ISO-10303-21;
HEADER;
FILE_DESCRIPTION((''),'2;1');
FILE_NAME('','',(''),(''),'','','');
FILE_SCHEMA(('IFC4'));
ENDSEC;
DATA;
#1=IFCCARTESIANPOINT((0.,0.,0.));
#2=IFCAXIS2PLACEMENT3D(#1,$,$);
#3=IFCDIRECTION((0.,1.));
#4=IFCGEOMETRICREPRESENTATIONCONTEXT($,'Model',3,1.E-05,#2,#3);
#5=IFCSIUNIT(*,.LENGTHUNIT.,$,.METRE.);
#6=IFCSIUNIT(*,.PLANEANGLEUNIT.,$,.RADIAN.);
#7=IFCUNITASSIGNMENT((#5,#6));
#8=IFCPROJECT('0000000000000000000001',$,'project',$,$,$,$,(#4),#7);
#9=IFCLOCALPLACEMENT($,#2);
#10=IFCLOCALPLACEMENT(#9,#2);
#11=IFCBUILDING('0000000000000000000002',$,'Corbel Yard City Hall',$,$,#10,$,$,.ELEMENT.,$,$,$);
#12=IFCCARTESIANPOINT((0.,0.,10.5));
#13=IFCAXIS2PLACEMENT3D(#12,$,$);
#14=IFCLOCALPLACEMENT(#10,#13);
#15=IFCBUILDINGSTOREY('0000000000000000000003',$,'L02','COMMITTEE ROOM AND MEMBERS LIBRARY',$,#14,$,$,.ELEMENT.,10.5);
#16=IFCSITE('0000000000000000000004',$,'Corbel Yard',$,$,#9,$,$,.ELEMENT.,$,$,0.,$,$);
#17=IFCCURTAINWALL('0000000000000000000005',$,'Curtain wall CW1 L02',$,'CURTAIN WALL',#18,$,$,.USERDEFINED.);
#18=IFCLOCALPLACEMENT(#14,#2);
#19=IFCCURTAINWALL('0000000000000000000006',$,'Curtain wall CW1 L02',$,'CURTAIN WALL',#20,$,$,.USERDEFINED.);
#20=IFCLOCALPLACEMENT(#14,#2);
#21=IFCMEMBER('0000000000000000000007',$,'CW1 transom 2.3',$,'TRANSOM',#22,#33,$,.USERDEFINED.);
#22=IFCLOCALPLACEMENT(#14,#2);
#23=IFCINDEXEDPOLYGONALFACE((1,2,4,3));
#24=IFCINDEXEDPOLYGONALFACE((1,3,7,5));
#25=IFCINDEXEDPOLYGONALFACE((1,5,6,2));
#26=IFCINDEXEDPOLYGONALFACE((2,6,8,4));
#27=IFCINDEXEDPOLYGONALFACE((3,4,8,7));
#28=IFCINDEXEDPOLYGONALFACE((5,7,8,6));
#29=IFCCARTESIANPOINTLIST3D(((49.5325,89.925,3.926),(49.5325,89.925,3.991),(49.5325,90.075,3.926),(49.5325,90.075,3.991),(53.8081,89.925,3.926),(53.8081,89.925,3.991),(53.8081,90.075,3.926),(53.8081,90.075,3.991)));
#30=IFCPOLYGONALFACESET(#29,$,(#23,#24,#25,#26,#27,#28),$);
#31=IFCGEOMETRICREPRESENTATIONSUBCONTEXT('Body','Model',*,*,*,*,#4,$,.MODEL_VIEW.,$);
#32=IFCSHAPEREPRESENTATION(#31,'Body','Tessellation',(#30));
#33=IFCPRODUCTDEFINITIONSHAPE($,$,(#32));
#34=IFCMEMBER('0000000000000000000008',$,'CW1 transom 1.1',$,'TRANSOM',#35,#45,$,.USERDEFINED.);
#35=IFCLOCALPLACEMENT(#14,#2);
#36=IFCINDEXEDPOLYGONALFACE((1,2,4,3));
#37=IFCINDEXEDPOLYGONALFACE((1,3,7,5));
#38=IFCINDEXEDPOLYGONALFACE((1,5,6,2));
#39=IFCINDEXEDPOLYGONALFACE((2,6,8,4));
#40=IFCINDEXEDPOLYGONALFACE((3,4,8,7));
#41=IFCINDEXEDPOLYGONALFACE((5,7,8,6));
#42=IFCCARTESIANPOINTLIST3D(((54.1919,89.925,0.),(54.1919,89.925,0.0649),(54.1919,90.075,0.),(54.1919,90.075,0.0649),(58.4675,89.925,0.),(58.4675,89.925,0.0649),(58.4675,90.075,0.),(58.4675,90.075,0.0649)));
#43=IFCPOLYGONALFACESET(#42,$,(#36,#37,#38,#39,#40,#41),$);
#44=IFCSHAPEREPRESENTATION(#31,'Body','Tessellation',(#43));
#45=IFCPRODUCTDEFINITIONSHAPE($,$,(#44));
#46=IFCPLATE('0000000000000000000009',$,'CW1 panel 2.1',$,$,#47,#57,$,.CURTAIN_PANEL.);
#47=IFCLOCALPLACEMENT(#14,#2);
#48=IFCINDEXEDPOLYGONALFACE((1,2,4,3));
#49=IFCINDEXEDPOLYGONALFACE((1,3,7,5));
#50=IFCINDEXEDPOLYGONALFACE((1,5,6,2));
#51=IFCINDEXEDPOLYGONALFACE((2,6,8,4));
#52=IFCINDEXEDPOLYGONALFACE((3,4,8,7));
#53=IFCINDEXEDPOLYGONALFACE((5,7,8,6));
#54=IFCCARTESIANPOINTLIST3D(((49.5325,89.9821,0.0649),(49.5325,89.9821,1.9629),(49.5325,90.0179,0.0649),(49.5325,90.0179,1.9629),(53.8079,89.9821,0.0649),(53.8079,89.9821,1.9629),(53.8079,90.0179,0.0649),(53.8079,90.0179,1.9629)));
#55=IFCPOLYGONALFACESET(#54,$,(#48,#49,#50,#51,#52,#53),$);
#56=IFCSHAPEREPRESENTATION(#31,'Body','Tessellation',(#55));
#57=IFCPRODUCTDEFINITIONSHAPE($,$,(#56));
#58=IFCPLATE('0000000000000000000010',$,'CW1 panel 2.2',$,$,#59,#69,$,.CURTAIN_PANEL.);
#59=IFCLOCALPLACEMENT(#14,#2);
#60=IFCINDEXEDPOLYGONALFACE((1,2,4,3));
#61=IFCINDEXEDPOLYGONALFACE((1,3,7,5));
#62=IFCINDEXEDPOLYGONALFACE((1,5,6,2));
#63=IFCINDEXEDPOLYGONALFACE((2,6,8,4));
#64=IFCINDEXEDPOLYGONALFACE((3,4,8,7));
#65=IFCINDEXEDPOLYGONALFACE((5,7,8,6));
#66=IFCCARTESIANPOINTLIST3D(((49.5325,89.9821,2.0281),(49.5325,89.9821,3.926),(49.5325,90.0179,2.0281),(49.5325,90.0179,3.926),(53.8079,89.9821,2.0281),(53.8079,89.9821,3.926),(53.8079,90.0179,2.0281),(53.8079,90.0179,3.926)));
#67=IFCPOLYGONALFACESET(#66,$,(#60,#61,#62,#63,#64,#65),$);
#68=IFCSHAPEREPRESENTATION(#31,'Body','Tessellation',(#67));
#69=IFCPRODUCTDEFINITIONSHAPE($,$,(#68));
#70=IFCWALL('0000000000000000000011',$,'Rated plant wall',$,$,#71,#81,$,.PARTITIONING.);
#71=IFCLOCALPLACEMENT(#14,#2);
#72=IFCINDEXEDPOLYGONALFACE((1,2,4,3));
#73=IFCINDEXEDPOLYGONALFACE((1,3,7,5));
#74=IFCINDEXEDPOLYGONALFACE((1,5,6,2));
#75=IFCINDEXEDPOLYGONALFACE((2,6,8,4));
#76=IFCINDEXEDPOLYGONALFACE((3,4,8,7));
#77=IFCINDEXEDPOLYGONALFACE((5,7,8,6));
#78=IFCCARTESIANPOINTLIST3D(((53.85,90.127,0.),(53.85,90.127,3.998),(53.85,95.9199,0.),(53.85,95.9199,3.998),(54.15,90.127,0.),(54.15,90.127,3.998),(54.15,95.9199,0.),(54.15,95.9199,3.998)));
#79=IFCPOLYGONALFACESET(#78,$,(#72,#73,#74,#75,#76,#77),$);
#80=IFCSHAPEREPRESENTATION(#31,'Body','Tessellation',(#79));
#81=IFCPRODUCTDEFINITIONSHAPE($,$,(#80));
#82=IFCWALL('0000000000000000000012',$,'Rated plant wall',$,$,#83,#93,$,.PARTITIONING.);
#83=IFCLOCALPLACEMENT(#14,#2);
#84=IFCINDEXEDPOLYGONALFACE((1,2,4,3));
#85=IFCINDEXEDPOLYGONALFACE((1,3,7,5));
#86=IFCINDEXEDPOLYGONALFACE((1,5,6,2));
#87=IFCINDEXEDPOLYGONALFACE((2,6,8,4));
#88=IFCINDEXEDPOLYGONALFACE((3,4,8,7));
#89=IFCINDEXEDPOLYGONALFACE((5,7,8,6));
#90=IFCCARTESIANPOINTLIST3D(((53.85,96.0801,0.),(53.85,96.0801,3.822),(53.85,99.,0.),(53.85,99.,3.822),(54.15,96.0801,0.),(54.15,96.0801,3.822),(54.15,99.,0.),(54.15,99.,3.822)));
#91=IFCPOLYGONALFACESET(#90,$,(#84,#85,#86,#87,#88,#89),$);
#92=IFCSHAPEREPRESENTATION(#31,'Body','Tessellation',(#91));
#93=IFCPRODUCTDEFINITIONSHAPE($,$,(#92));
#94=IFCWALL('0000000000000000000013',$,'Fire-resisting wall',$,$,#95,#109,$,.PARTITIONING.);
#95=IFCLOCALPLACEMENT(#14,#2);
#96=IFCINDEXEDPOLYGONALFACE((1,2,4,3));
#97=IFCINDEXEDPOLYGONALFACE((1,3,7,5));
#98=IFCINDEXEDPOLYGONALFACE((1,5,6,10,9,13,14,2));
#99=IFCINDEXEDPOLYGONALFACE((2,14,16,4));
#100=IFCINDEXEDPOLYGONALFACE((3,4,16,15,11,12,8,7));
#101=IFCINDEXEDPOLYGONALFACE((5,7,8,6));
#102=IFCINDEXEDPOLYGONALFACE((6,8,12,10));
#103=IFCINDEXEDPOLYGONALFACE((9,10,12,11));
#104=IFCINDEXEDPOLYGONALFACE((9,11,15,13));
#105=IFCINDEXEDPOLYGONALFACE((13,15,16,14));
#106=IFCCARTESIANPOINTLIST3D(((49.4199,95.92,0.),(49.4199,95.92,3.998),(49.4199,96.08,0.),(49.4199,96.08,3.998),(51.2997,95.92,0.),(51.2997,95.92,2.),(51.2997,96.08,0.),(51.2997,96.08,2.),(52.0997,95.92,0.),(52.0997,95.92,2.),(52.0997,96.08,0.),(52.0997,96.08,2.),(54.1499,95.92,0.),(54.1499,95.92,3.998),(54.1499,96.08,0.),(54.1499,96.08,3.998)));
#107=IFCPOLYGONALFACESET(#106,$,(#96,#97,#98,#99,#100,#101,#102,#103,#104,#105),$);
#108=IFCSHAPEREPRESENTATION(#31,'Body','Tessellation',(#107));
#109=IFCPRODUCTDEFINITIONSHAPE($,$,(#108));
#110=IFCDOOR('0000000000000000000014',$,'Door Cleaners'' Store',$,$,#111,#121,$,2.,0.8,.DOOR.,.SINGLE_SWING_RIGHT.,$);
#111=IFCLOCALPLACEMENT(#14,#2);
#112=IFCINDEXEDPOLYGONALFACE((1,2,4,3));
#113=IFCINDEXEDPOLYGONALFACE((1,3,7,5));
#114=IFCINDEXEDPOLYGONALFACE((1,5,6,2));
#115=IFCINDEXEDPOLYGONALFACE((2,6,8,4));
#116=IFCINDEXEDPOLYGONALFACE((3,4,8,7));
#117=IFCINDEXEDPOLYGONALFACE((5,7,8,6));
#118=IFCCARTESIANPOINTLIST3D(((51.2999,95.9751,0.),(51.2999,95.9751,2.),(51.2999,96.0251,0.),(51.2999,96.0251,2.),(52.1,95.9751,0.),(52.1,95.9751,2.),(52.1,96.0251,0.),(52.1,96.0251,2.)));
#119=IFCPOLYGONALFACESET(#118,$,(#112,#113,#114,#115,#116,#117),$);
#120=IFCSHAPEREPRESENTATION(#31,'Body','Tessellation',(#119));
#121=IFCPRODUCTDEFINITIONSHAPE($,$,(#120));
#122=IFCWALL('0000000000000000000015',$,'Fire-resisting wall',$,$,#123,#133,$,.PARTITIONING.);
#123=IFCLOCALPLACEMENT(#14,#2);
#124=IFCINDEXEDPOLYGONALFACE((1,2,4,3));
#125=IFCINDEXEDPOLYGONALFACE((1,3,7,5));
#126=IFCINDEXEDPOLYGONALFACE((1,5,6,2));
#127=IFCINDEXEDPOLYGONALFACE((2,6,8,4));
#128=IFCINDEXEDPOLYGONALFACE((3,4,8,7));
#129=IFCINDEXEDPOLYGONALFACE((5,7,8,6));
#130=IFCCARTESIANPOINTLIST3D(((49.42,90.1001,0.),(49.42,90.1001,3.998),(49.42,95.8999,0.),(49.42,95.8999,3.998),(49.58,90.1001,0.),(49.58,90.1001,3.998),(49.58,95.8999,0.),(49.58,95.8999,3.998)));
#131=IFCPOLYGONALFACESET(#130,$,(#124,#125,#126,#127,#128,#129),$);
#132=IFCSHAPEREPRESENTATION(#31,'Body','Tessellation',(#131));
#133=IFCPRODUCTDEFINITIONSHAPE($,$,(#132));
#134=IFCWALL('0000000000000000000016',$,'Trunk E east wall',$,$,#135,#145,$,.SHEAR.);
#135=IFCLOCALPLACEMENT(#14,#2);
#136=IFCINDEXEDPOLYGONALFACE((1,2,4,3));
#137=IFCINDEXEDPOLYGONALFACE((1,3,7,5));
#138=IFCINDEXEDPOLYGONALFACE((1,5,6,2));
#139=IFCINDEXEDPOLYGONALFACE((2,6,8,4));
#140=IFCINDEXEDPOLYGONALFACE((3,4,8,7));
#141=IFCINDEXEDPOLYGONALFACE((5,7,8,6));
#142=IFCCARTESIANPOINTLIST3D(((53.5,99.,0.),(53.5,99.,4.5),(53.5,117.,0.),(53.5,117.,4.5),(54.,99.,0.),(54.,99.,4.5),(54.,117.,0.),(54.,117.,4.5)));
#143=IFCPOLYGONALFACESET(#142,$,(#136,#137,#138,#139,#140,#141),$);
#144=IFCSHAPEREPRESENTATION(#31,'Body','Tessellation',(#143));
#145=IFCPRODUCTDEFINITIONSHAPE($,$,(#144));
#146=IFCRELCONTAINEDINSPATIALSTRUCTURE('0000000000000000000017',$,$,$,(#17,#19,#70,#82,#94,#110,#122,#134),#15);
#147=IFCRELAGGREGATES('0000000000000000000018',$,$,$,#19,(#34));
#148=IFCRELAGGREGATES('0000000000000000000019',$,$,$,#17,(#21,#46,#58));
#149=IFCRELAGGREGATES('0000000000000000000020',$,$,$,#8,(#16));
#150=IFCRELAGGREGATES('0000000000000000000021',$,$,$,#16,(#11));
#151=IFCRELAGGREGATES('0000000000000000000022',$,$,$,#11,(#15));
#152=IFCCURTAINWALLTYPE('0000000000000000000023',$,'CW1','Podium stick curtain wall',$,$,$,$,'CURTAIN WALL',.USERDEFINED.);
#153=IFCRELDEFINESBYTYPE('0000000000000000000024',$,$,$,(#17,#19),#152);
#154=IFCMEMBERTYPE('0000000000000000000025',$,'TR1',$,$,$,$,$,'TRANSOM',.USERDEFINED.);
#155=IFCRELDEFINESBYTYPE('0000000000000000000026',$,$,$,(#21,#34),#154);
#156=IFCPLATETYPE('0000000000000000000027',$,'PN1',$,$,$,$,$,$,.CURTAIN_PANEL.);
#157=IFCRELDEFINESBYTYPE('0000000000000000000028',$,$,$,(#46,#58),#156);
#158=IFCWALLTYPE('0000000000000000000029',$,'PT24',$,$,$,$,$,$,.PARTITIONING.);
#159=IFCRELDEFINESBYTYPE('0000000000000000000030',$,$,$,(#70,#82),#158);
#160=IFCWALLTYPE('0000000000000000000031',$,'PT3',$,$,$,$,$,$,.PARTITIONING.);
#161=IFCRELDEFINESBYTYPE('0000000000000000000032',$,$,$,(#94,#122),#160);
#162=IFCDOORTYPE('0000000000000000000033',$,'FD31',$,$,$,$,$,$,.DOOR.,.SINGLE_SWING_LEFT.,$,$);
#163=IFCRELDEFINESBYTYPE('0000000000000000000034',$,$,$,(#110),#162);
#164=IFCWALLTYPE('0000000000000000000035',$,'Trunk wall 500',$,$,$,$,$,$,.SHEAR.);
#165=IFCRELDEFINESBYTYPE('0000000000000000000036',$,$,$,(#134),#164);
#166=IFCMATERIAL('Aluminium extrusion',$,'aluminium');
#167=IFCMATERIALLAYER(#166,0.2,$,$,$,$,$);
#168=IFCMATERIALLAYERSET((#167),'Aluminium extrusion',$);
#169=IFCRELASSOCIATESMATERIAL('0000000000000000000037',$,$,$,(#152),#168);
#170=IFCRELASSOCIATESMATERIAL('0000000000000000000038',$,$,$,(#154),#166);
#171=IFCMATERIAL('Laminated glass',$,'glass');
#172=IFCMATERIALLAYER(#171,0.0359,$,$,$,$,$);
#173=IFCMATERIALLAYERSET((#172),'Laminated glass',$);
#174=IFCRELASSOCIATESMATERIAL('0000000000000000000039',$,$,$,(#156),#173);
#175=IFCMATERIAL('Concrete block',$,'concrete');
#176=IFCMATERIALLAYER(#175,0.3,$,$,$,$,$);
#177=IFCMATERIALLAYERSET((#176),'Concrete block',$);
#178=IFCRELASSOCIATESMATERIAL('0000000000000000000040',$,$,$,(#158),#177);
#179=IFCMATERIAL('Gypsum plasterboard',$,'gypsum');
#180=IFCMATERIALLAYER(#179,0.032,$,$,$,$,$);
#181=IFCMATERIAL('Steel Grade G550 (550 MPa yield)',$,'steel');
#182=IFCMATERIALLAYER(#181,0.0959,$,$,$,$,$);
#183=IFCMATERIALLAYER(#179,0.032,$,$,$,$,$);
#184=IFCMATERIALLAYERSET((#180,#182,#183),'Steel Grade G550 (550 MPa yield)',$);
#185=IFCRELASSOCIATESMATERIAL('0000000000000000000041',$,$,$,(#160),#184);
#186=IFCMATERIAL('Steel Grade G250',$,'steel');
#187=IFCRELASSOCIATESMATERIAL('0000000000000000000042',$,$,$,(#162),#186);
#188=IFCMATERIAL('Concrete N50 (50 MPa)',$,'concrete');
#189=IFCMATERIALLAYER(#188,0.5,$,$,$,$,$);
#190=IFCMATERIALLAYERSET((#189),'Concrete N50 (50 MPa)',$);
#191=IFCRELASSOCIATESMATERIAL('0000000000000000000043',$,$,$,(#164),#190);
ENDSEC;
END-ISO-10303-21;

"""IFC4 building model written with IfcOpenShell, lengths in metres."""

from ifc_helpers import new_model, si_unit, direction, frame, frame_2d, origin, origin_2d, place, context, subcontext, project, spatial, rectangle, extrude, material, layer, layer_set, material_profile, profile_set, type_object, element, fill, aggregate, save


model = new_model("IFC4")

# Units and contexts
model_context = context("Model", 3, precision=1e-05, world=origin(), true_north=direction((0.0, 1.0)))
body_context = subcontext(model_context, "Body", "Model", "MODEL_VIEW")
ifc_project = project(units=[si_unit("LENGTHUNIT", "METRE"), si_unit("PLANEANGLEUNIT", "RADIAN")], contexts=[model_context])

# Site, building, storey
site_placement = place(None, origin())
site = spatial("IfcSite", under=ifc_project, at=site_placement, Name="Corbel Yard", CompositionType="ELEMENT", RefElevation=0.0)
building_placement = place(site_placement, origin())
building = spatial("IfcBuilding", under=site, at=building_placement, Name="Corbel Yard City Hall", CompositionType="ELEMENT")
storey_placement = place(building_placement, frame((0.0, 0.0, 10.5)))
storey = spatial("IfcBuildingStorey", under=building, at=storey_placement, Name="L02", Description="COMMITTEE ROOM AND MEMBERS LIBRARY", CompositionType="ELEMENT", Elevation=10.5)

# Curtain wall
ifc_material_1 = material(Name="Aluminium extrusion", Category="aluminium")
ifc_layer_1 = layer(ifc_material_1, 0.2)
ifc_layer_set_1 = layer_set([ifc_layer_1], Name="Aluminium extrusion")
curtain_wall_type = type_object("IfcCurtainWallType", Name="CW1", Description="Podium stick curtain wall", ElementType="CURTAIN WALL", PredefinedType="USERDEFINED", material=ifc_layer_set_1)
curtain_wall_1_placement = place(storey_placement, origin())
curtain_wall_1 = element("IfcCurtainWall", 1, at=curtain_wall_1_placement, inside=storey, type_object=curtain_wall_type, Name="Curtain wall CW1 L02", ObjectType="CURTAIN WALL", PredefinedType="USERDEFINED")

# Curtain wall
curtain_wall_2_placement = place(storey_placement, origin())
curtain_wall_2 = element("IfcCurtainWall", 2, at=curtain_wall_2_placement, inside=storey, type_object=curtain_wall_type, Name="Curtain wall CW1 L02", ObjectType="CURTAIN WALL", PredefinedType="USERDEFINED")

# Members
ifc_material_profile_1 = material_profile(ifc_material_1, rectangle(XDim=0.1499, YDim=0.0649, at=origin_2d()), Name="150x65")
ifc_profile_set_1 = profile_set([ifc_material_profile_1], Name="Aluminium extrusion")
member_type_1 = type_object("IfcMemberType", Name="TR1", ElementType="TRANSOM", PredefinedType="USERDEFINED", material=ifc_profile_set_1)
member_1_placement = place(storey_placement, frame((49.5325, 90.0, 3.9585), z_axis=(1.0, 0.0, 0.0), x_axis=(0.0, 1.0, 0.0)))
member_1 = element("IfcMember", 3, at=member_1_placement, type_object=member_type_1, Name="CW1 transom 2.3", ObjectType="TRANSOM", PredefinedType="USERDEFINED", context=body_context, shape_type="SweptSolid", body=[
    extrude(rectangle(XDim=0.1499, YDim=0.0649, at=origin_2d()), origin(), (0.0, 0.0, 1.0), 4.2756),
])
member_2_placement = place(storey_placement, frame((54.1919, 90.0, 0.0325), z_axis=(1.0, 0.0, 0.0), x_axis=(0.0, 1.0, 0.0)))
member_2 = element("IfcMember", 4, at=member_2_placement, type_object=member_type_1, Name="CW1 transom 1.1", ObjectType="TRANSOM", PredefinedType="USERDEFINED", context=body_context, shape_type="SweptSolid", body=[
    extrude(rectangle(XDim=0.1499, YDim=0.0649, at=origin_2d()), origin(), (0.0, 0.0, 1.0), 4.2756),
])
aggregate(curtain_wall_2, [member_2])

# Plates
ifc_material_2 = material(Name="Laminated glass", Category="glass")
ifc_layer_2 = layer(ifc_material_2, 0.0359)
ifc_layer_set_2 = layer_set([ifc_layer_2], Name="Laminated glass")
plate_type = type_object("IfcPlateType", Name="PN1", PredefinedType="CURTAIN_PANEL", material=ifc_layer_set_2)
plate_1_placement = place(storey_placement, frame((51.6702, 90.0, 0.0649), z_axis=(0.0, 0.0, 1.0), x_axis=(1.0, 0.0, 0.0)))
plate_1 = element("IfcPlate", 5, at=plate_1_placement, type_object=plate_type, Name="CW1 panel 2.1", PredefinedType="CURTAIN_PANEL", context=body_context, shape_type="SweptSolid", body=[
    extrude(rectangle(XDim=4.2754, YDim=0.0359, at=origin_2d()), origin(), (0.0, 0.0, 1.0), 1.8979),
])
plate_2_placement = place(storey_placement, frame((51.6702, 90.0, 2.0281), z_axis=(0.0, 0.0, 1.0), x_axis=(1.0, 0.0, 0.0)))
plate_2 = element("IfcPlate", 6, at=plate_2_placement, type_object=plate_type, Name="CW1 panel 2.2", PredefinedType="CURTAIN_PANEL", context=body_context, shape_type="SweptSolid", body=[
    extrude(rectangle(XDim=4.2754, YDim=0.0359, at=origin_2d()), origin(), (0.0, 0.0, 1.0), 1.8979),
])
aggregate(curtain_wall_1, [member_1, plate_1, plate_2])

# Shared definitions
ifc_material_3 = material(Name="Concrete block", Category="concrete")
ifc_layer_3 = layer(ifc_material_3, 0.3)
ifc_layer_set_3 = layer_set([ifc_layer_3], Name="Concrete block")
wall_type_1 = type_object("IfcWallType", Name="PT24", PredefinedType="PARTITIONING", material=ifc_layer_set_3)
ifc_material_4 = material(Name="Steel Grade G250", Category="steel")

# Walls
wall_1_placement = place(storey_placement, frame((54.0, 90.127, 0.0), z_axis=(0.0, 0.0, 1.0), x_axis=(0.0, 1.0, 0.0)))
element("IfcWall", 7, at=wall_1_placement, inside=storey, type_object=wall_type_1, Name="Rated plant wall", PredefinedType="PARTITIONING", context=body_context, shape_type="SweptSolid", body=[
    extrude(rectangle(XDim=5.793, YDim=0.3, at=frame_2d((2.8965, 0.0))), origin(), (0.0, 0.0, 1.0), 3.998),
])
wall_2_placement = place(storey_placement, frame((54.0, 96.0801, 0.0), z_axis=(0.0, 0.0, 1.0), x_axis=(0.0, 1.0, 0.0)))
element("IfcWall", 8, at=wall_2_placement, inside=storey, type_object=wall_type_1, Name="Rated plant wall", PredefinedType="PARTITIONING", context=body_context, shape_type="SweptSolid", body=[
    extrude(rectangle(XDim=2.9199, YDim=0.3, at=frame_2d((1.46, 0.0))), origin(), (0.0, 0.0, 1.0), 3.822),
])

# Wall, opening, door
ifc_material_5 = material(Name="Gypsum plasterboard", Category="gypsum")
ifc_layer_4 = layer(ifc_material_5, 0.032)
ifc_material_6 = material(Name="Steel Grade G550 (550 MPa yield)", Category="steel")
ifc_layer_5 = layer(ifc_material_6, 0.0959)
ifc_layer_6 = layer(ifc_material_5, 0.032)
ifc_layer_set_4 = layer_set([ifc_layer_4, ifc_layer_5, ifc_layer_6], Name="Steel Grade G550 (550 MPa yield)")
wall_type_2 = type_object("IfcWallType", Name="PT3", PredefinedType="PARTITIONING", material=ifc_layer_set_4)
wall_3_placement = place(storey_placement, frame((49.4199, 96.0, 0.0), z_axis=(0.0, 0.0, 1.0), x_axis=(1.0, 0.0, 0.0)))
wall_3 = element("IfcWall", 9, at=wall_3_placement, inside=storey, type_object=wall_type_2, Name="Fire-resisting wall", PredefinedType="PARTITIONING", context=body_context, shape_type="SweptSolid", body=[
    extrude(rectangle(XDim=4.73, YDim=0.1599, at=frame_2d((2.365, 0.0))), origin(), (0.0, 0.0, 1.0), 3.998),
])
opening_1_placement = place(wall_3_placement, frame((1.8799, 0.0, 0.0)))
opening_1 = element("IfcOpeningElement", 10, at=opening_1_placement, cuts=wall_3, PredefinedType="OPENING", context=body_context, shape_type="SweptSolid", body=[
    extrude(rectangle(XDim=0.8, YDim=2.0, at=frame_2d((0.3999, 1.0))), frame((0.0, 0.0898, 0.0), z_axis=(0.0, -1.0, 0.0), x_axis=(1.0, 0.0, 0.0)), (0.0, 0.0, 1.0), 0.1799),
])
door_type_1 = type_object("IfcDoorType", Name="FD31", OperationType="SINGLE_SWING_LEFT", PredefinedType="DOOR", material=ifc_material_4)
door_1_placement = place(opening_1_placement, frame((0.8, 0.0, 0.0), z_axis=(0.0, 0.0, 1.0), x_axis=(-1.0, 0.0, 0.0)))
door_1 = element("IfcDoor", 11, at=door_1_placement, inside=storey, type_object=door_type_1, Name="Door Cleaners' Store", OperationType="SINGLE_SWING_RIGHT", OverallHeight=2.0, OverallWidth=0.8, PredefinedType="DOOR", context=body_context, shape_type="SweptSolid", body=[
    extrude(rectangle(XDim=0.8, YDim=2.0, at=frame_2d((0.3999, 1.0))), frame((0.0, 0.0249, 0.0), z_axis=(0.0, -1.0, 0.0), x_axis=(1.0, 0.0, 0.0)), (0.0, 0.0, 1.0), 0.05),
])
fill(opening_1, door_1)

# Walls
wall_4_placement = place(storey_placement, frame((49.5, 90.1001, 0.0), z_axis=(0.0, 0.0, 1.0), x_axis=(0.0, 1.0, 0.0)))
element("IfcWall", 12, at=wall_4_placement, inside=storey, type_object=wall_type_2, Name="Fire-resisting wall", PredefinedType="PARTITIONING", context=body_context, shape_type="SweptSolid", body=[
    extrude(rectangle(XDim=5.7998, YDim=0.1599, at=frame_2d((2.8999, 0.0))), origin(), (0.0, 0.0, 1.0), 3.998),
])
ifc_material_7 = material(Name="Concrete N50 (50 MPa)", Category="concrete")
ifc_layer_7 = layer(ifc_material_7, 0.5)
ifc_layer_set_5 = layer_set([ifc_layer_7], Name="Concrete N50 (50 MPa)")
wall_type_3 = type_object("IfcWallType", Name="Trunk wall 500", PredefinedType="SHEAR", material=ifc_layer_set_5)
wall_5_placement = place(storey_placement, frame((53.75, 99.0, 0.0), z_axis=(0.0, 0.0, 1.0), x_axis=(0.0, 1.0, 0.0)))
element("IfcWall", 13, at=wall_5_placement, inside=storey, type_object=wall_type_3, Name="Trunk E east wall", PredefinedType="SHEAR", context=body_context, shape_type="SweptSolid", body=[
    extrude(rectangle(XDim=18.0, YDim=0.5, at=frame_2d((9.0, 0.0))), origin(), (0.0, 0.0, 1.0), 4.5),
])

save(model, "model.ifc")
